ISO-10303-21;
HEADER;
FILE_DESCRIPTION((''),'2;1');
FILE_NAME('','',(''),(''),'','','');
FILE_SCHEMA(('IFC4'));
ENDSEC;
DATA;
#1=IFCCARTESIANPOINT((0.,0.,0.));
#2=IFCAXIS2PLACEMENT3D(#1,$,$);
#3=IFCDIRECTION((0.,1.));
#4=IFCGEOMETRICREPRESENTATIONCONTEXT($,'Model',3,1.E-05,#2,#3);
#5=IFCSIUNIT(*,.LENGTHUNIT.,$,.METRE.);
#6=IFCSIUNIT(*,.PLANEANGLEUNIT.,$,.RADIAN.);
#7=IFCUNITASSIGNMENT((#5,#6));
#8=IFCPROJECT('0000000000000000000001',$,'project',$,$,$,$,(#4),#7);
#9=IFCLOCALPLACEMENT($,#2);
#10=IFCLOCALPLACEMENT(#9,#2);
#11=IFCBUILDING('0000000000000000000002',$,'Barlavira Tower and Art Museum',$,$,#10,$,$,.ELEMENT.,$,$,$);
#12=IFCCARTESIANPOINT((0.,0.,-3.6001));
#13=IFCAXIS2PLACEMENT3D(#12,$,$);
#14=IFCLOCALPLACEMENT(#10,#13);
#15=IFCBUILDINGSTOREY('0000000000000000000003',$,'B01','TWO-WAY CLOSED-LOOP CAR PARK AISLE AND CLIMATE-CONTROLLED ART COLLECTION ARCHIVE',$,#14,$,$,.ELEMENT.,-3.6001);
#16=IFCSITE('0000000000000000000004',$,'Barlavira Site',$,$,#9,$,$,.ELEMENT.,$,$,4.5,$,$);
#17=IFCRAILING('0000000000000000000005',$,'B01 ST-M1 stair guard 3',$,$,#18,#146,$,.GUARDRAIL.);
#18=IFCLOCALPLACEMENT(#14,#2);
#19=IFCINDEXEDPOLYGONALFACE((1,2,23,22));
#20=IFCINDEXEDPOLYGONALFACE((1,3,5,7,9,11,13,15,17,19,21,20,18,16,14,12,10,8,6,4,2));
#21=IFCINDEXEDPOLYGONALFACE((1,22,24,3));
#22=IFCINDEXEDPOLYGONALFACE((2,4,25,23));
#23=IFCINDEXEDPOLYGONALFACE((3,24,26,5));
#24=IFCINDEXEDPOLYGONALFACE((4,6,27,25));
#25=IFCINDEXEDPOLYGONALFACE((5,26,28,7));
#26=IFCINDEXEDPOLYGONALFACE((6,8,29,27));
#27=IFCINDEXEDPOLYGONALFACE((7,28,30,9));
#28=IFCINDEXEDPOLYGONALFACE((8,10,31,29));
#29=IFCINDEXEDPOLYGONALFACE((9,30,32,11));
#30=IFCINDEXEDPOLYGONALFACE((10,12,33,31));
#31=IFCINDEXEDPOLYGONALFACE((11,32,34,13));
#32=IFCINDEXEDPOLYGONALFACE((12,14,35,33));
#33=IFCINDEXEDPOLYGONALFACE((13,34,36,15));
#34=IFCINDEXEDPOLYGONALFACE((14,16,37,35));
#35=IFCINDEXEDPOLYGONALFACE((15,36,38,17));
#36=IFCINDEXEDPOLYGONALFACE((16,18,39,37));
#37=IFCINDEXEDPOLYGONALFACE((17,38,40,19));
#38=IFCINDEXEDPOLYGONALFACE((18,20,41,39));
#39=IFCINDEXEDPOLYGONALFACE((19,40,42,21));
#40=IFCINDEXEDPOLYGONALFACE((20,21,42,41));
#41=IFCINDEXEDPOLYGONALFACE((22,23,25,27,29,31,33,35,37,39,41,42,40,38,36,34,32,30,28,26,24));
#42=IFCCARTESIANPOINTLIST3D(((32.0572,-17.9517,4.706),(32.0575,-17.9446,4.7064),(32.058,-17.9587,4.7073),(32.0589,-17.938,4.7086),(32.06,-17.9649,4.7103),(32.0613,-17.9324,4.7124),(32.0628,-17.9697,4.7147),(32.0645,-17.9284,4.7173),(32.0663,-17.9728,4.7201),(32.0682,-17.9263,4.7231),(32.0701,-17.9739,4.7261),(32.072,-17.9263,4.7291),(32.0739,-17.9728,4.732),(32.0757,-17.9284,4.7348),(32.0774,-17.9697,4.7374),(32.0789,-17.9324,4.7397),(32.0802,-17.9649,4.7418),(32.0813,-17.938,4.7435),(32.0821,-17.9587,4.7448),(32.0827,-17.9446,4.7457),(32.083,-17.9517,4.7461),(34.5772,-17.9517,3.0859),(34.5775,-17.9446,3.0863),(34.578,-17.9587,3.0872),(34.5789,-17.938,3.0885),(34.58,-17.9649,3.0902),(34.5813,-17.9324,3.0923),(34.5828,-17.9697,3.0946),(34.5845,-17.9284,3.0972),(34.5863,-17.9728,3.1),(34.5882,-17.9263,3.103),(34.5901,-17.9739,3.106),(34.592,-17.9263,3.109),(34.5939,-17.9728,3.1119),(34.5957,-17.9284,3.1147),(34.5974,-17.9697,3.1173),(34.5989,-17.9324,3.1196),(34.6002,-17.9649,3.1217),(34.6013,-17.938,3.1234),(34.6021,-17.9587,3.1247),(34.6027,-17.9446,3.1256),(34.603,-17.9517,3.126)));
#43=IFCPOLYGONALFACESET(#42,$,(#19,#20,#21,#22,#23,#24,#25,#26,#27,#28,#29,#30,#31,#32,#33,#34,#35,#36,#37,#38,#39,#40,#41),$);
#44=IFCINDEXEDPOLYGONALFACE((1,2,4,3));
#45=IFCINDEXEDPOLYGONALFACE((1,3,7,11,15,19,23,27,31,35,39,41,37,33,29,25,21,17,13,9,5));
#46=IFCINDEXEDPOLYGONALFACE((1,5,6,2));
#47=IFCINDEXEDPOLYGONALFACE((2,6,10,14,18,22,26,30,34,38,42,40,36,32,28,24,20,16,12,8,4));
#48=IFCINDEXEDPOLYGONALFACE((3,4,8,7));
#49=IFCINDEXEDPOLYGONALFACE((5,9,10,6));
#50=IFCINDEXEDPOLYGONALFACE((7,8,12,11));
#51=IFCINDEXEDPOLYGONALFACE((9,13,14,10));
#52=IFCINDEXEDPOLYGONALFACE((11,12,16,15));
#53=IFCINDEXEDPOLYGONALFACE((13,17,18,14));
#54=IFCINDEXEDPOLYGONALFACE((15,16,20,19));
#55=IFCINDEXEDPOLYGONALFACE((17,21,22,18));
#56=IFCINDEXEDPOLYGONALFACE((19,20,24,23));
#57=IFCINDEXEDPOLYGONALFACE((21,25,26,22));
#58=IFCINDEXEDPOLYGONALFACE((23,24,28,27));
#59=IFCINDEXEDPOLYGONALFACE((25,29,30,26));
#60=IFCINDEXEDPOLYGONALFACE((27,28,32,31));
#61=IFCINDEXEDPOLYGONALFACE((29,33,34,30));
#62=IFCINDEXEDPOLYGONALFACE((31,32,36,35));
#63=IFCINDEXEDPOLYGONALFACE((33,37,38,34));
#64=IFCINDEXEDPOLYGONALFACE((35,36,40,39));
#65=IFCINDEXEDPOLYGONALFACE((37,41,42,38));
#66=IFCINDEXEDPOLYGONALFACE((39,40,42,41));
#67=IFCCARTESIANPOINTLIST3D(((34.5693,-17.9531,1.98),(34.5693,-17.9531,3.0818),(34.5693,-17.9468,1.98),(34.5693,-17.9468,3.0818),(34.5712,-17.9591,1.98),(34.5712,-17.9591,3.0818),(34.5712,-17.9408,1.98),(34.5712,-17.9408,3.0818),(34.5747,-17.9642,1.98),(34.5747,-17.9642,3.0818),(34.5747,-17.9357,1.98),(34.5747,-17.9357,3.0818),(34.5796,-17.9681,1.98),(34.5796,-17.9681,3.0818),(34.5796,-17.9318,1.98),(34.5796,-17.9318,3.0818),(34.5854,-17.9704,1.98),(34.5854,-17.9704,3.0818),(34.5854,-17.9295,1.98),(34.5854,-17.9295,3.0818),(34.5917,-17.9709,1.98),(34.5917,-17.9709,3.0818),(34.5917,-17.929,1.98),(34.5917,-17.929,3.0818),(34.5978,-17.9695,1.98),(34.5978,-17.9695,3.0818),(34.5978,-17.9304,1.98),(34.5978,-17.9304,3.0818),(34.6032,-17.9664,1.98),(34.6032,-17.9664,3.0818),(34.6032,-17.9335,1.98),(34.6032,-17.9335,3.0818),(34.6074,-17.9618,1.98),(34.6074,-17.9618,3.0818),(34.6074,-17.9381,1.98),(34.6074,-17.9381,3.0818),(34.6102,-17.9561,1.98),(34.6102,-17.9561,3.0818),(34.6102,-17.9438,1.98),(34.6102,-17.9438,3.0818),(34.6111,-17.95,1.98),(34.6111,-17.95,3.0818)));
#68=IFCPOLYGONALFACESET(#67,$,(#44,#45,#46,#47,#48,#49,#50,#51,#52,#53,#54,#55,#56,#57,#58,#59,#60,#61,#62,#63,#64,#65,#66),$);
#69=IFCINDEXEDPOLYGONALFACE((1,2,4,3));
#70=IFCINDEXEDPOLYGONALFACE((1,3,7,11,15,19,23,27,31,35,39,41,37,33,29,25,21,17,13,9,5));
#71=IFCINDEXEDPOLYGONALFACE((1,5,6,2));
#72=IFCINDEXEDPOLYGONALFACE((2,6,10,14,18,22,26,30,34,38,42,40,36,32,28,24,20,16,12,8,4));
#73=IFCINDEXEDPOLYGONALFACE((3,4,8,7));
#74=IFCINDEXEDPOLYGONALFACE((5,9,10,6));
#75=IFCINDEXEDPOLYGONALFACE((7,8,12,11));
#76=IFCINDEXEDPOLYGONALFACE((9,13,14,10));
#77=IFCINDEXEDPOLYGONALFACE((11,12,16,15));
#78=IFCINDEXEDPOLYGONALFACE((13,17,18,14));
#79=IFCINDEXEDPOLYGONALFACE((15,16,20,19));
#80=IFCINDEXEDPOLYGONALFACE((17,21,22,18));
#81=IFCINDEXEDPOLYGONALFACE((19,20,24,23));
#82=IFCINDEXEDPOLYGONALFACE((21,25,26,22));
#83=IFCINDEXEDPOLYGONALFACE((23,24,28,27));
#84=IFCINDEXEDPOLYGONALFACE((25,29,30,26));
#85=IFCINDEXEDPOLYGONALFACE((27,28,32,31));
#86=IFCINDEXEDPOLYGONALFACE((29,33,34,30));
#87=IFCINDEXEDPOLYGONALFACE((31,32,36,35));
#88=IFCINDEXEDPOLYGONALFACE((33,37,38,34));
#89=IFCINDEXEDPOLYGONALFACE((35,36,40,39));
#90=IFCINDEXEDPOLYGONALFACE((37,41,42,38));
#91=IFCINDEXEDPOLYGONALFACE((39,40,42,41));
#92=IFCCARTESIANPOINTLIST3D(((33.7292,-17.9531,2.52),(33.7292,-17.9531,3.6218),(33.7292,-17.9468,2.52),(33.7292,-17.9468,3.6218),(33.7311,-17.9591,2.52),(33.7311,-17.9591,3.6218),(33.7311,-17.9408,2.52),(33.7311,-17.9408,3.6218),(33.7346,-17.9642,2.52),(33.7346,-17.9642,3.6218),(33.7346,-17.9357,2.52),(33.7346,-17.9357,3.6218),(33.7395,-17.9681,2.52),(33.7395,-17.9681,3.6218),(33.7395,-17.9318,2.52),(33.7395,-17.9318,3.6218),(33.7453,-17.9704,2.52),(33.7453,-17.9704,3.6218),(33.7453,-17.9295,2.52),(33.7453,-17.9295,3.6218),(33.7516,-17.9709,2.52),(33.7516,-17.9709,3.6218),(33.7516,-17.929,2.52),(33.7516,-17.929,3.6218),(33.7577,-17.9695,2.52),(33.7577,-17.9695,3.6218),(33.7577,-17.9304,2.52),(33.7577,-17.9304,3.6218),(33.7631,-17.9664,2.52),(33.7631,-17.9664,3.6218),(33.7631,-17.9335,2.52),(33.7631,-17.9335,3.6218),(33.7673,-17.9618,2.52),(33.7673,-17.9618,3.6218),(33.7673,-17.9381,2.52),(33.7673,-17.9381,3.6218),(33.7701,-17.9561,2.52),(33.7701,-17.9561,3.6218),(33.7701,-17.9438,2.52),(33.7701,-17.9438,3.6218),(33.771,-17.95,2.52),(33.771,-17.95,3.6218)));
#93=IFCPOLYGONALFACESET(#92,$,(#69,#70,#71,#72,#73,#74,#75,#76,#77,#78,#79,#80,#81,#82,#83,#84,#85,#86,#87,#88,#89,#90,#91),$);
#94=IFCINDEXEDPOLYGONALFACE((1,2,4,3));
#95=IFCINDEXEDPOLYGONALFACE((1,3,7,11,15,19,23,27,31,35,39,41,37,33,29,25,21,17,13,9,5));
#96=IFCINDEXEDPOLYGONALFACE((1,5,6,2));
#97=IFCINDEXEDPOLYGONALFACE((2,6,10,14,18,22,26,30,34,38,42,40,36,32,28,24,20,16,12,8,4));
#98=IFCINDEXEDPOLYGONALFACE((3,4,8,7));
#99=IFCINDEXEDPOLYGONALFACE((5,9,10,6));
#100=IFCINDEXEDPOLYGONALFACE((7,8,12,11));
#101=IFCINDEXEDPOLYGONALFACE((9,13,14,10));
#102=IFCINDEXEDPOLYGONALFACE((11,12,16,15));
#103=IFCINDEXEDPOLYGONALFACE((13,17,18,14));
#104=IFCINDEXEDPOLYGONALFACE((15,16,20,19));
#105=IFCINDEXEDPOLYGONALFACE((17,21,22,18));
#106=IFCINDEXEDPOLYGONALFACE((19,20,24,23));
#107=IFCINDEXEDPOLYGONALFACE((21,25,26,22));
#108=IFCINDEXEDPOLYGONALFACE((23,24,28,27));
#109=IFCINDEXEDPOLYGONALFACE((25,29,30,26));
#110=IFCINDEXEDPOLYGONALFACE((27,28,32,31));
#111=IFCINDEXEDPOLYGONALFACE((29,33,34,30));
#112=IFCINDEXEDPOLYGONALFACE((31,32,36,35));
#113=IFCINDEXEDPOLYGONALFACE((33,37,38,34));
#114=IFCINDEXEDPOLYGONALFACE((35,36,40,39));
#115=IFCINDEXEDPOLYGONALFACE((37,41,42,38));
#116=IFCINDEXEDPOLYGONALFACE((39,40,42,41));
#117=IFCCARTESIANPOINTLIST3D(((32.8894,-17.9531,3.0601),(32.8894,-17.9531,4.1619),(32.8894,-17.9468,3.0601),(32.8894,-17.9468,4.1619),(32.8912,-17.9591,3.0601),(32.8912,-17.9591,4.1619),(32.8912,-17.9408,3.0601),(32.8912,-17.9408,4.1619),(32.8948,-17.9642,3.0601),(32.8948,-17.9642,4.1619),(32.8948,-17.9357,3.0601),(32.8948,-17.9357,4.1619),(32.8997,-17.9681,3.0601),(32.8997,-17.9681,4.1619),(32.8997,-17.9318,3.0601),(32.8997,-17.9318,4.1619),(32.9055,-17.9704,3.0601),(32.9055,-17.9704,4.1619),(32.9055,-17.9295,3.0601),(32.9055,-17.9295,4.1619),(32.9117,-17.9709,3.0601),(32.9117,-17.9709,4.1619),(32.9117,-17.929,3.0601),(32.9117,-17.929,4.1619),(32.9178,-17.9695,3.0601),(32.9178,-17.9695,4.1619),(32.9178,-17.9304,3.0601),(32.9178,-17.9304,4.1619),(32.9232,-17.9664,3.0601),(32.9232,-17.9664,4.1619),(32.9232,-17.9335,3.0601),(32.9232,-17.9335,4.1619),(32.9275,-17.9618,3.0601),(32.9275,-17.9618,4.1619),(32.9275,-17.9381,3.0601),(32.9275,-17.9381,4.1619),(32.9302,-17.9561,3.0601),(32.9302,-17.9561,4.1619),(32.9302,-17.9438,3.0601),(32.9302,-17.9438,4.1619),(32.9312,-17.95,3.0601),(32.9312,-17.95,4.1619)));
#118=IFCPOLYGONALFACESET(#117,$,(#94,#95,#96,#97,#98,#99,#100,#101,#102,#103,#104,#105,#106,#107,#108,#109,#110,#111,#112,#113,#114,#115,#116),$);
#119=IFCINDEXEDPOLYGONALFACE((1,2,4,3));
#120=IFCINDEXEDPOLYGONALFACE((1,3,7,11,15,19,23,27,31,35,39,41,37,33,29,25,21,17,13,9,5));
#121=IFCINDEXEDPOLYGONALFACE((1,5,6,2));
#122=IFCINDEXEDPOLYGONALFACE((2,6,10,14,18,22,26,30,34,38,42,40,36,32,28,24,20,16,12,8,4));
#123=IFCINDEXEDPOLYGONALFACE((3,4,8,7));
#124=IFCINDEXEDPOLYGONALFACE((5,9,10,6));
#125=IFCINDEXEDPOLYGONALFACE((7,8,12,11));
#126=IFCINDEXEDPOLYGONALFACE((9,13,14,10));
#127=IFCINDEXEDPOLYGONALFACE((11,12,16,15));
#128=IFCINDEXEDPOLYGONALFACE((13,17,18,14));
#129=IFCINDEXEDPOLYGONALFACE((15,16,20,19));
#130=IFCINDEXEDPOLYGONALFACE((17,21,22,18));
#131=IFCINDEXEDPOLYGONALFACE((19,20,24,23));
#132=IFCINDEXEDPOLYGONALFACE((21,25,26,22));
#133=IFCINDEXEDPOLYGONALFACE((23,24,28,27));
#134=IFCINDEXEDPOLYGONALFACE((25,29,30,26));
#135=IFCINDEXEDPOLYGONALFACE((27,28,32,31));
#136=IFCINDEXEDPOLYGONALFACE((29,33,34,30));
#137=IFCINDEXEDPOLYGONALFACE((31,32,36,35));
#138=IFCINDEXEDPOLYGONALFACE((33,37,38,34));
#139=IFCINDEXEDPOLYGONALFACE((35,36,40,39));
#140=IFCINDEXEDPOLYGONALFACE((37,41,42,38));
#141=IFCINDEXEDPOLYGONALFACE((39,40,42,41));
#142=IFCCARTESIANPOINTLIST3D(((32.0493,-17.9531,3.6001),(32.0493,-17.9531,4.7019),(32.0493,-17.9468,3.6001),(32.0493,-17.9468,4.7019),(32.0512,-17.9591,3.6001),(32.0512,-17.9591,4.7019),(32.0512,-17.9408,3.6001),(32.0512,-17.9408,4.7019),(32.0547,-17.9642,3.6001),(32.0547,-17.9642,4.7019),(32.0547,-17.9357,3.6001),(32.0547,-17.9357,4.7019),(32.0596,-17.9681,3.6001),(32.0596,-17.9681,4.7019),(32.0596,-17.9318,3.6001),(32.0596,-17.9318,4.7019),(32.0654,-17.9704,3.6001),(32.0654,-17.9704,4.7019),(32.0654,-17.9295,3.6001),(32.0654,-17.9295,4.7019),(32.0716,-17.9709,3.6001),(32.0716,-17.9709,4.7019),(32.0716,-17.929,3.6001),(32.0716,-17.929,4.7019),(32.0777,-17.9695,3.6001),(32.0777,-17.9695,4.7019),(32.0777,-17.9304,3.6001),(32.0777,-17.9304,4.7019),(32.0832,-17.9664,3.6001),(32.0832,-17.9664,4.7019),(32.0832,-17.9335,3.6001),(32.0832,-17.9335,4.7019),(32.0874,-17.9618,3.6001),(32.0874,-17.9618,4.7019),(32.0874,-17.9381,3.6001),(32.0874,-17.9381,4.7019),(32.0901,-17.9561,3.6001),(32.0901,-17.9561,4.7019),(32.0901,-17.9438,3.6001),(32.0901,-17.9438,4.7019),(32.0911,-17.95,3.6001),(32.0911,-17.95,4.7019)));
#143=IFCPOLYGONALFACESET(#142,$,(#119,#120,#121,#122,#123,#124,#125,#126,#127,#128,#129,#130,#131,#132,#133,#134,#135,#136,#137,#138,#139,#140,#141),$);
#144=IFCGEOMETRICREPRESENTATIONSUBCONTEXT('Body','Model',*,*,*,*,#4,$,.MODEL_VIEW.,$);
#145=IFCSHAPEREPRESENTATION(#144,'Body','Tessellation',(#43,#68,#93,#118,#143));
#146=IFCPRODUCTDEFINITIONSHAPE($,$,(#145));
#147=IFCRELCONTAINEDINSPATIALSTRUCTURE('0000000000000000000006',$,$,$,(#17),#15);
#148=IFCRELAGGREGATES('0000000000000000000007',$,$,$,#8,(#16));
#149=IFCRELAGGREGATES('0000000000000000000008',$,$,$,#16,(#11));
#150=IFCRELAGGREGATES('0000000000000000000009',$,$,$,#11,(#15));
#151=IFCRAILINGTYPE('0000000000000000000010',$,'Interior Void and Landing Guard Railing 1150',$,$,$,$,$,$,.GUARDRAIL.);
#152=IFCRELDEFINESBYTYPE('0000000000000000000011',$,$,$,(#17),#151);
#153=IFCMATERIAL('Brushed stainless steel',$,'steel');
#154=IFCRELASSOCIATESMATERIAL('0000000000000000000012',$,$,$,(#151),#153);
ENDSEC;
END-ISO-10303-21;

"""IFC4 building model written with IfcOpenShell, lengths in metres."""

from ifc_helpers import new_model, si_unit, direction, frame, origin, origin_2d, place, context, subcontext, project, spatial, circle, extrude, material, type_object, element, save


model = new_model("IFC4")

# Units and contexts
model_context = context("Model", 3, precision=1e-05, world=origin(), true_north=direction((0.0, 1.0)))
body_context = subcontext(model_context, "Body", "Model", "MODEL_VIEW")
ifc_project = project(units=[si_unit("LENGTHUNIT", "METRE"), si_unit("PLANEANGLEUNIT", "RADIAN")], contexts=[model_context])

# Site, building, storey
site_placement = place(None, origin())
site = spatial("IfcSite", under=ifc_project, at=site_placement, Name="Barlavira Site", CompositionType="ELEMENT", RefElevation=4.5)
building_placement = place(site_placement, origin())
building = spatial("IfcBuilding", under=site, at=building_placement, Name="Barlavira Tower and Art Museum", CompositionType="ELEMENT")
storey_placement = place(building_placement, frame((0.0, 0.0, -3.6001)))
storey = spatial("IfcBuildingStorey", under=building, at=storey_placement, Name="B01", Description="TWO-WAY CLOSED-LOOP CAR PARK AISLE AND CLIMATE-CONTROLLED ART COLLECTION ARCHIVE", CompositionType="ELEMENT", Elevation=-3.6001)

# Shared definitions
ifc_material_1 = material(Name="Brushed stainless steel", Category="steel")

# Railing
railing_type_1 = type_object("IfcRailingType", Name="Interior Void and Landing Guard Railing 1150", PredefinedType="GUARDRAIL", material=ifc_material_1)
railing_1_placement = place(storey_placement, frame((34.5901, -17.95, 1.98)))
element("IfcRailing", 1, at=railing_1_placement, inside=storey, type_object=railing_type_1, Name="B01 ST-M1 stair guard 3", PredefinedType="GUARDRAIL", context=body_context, shape_type="SweptSolid", body=[
    extrude(circle(Radius=0.0239, at=origin_2d()), frame((0.0, 0.0, 1.126), z_axis=(-0.841163, 0.0, 0.540782), x_axis=(0.0, -1.0, 0.0)), (0.0, 0.0, 1.0), 2.9958),
    extrude(circle(Radius=0.021, at=origin_2d()), origin(), (0.0, 0.0, 1.0), 1.1018),
    extrude(circle(Radius=0.021, at=origin_2d()), frame((-0.8401, 0.0, 0.54)), (0.0, 0.0, 1.0), 1.1018),
    extrude(circle(Radius=0.021, at=origin_2d()), frame((-1.6799, 0.0, 1.0801)), (0.0, 0.0, 1.0), 1.1018),
    extrude(circle(Radius=0.021, at=origin_2d()), frame((-2.52, 0.0, 1.6201)), (0.0, 0.0, 1.0), 1.1018),
])

save(model, "model.ifc")
